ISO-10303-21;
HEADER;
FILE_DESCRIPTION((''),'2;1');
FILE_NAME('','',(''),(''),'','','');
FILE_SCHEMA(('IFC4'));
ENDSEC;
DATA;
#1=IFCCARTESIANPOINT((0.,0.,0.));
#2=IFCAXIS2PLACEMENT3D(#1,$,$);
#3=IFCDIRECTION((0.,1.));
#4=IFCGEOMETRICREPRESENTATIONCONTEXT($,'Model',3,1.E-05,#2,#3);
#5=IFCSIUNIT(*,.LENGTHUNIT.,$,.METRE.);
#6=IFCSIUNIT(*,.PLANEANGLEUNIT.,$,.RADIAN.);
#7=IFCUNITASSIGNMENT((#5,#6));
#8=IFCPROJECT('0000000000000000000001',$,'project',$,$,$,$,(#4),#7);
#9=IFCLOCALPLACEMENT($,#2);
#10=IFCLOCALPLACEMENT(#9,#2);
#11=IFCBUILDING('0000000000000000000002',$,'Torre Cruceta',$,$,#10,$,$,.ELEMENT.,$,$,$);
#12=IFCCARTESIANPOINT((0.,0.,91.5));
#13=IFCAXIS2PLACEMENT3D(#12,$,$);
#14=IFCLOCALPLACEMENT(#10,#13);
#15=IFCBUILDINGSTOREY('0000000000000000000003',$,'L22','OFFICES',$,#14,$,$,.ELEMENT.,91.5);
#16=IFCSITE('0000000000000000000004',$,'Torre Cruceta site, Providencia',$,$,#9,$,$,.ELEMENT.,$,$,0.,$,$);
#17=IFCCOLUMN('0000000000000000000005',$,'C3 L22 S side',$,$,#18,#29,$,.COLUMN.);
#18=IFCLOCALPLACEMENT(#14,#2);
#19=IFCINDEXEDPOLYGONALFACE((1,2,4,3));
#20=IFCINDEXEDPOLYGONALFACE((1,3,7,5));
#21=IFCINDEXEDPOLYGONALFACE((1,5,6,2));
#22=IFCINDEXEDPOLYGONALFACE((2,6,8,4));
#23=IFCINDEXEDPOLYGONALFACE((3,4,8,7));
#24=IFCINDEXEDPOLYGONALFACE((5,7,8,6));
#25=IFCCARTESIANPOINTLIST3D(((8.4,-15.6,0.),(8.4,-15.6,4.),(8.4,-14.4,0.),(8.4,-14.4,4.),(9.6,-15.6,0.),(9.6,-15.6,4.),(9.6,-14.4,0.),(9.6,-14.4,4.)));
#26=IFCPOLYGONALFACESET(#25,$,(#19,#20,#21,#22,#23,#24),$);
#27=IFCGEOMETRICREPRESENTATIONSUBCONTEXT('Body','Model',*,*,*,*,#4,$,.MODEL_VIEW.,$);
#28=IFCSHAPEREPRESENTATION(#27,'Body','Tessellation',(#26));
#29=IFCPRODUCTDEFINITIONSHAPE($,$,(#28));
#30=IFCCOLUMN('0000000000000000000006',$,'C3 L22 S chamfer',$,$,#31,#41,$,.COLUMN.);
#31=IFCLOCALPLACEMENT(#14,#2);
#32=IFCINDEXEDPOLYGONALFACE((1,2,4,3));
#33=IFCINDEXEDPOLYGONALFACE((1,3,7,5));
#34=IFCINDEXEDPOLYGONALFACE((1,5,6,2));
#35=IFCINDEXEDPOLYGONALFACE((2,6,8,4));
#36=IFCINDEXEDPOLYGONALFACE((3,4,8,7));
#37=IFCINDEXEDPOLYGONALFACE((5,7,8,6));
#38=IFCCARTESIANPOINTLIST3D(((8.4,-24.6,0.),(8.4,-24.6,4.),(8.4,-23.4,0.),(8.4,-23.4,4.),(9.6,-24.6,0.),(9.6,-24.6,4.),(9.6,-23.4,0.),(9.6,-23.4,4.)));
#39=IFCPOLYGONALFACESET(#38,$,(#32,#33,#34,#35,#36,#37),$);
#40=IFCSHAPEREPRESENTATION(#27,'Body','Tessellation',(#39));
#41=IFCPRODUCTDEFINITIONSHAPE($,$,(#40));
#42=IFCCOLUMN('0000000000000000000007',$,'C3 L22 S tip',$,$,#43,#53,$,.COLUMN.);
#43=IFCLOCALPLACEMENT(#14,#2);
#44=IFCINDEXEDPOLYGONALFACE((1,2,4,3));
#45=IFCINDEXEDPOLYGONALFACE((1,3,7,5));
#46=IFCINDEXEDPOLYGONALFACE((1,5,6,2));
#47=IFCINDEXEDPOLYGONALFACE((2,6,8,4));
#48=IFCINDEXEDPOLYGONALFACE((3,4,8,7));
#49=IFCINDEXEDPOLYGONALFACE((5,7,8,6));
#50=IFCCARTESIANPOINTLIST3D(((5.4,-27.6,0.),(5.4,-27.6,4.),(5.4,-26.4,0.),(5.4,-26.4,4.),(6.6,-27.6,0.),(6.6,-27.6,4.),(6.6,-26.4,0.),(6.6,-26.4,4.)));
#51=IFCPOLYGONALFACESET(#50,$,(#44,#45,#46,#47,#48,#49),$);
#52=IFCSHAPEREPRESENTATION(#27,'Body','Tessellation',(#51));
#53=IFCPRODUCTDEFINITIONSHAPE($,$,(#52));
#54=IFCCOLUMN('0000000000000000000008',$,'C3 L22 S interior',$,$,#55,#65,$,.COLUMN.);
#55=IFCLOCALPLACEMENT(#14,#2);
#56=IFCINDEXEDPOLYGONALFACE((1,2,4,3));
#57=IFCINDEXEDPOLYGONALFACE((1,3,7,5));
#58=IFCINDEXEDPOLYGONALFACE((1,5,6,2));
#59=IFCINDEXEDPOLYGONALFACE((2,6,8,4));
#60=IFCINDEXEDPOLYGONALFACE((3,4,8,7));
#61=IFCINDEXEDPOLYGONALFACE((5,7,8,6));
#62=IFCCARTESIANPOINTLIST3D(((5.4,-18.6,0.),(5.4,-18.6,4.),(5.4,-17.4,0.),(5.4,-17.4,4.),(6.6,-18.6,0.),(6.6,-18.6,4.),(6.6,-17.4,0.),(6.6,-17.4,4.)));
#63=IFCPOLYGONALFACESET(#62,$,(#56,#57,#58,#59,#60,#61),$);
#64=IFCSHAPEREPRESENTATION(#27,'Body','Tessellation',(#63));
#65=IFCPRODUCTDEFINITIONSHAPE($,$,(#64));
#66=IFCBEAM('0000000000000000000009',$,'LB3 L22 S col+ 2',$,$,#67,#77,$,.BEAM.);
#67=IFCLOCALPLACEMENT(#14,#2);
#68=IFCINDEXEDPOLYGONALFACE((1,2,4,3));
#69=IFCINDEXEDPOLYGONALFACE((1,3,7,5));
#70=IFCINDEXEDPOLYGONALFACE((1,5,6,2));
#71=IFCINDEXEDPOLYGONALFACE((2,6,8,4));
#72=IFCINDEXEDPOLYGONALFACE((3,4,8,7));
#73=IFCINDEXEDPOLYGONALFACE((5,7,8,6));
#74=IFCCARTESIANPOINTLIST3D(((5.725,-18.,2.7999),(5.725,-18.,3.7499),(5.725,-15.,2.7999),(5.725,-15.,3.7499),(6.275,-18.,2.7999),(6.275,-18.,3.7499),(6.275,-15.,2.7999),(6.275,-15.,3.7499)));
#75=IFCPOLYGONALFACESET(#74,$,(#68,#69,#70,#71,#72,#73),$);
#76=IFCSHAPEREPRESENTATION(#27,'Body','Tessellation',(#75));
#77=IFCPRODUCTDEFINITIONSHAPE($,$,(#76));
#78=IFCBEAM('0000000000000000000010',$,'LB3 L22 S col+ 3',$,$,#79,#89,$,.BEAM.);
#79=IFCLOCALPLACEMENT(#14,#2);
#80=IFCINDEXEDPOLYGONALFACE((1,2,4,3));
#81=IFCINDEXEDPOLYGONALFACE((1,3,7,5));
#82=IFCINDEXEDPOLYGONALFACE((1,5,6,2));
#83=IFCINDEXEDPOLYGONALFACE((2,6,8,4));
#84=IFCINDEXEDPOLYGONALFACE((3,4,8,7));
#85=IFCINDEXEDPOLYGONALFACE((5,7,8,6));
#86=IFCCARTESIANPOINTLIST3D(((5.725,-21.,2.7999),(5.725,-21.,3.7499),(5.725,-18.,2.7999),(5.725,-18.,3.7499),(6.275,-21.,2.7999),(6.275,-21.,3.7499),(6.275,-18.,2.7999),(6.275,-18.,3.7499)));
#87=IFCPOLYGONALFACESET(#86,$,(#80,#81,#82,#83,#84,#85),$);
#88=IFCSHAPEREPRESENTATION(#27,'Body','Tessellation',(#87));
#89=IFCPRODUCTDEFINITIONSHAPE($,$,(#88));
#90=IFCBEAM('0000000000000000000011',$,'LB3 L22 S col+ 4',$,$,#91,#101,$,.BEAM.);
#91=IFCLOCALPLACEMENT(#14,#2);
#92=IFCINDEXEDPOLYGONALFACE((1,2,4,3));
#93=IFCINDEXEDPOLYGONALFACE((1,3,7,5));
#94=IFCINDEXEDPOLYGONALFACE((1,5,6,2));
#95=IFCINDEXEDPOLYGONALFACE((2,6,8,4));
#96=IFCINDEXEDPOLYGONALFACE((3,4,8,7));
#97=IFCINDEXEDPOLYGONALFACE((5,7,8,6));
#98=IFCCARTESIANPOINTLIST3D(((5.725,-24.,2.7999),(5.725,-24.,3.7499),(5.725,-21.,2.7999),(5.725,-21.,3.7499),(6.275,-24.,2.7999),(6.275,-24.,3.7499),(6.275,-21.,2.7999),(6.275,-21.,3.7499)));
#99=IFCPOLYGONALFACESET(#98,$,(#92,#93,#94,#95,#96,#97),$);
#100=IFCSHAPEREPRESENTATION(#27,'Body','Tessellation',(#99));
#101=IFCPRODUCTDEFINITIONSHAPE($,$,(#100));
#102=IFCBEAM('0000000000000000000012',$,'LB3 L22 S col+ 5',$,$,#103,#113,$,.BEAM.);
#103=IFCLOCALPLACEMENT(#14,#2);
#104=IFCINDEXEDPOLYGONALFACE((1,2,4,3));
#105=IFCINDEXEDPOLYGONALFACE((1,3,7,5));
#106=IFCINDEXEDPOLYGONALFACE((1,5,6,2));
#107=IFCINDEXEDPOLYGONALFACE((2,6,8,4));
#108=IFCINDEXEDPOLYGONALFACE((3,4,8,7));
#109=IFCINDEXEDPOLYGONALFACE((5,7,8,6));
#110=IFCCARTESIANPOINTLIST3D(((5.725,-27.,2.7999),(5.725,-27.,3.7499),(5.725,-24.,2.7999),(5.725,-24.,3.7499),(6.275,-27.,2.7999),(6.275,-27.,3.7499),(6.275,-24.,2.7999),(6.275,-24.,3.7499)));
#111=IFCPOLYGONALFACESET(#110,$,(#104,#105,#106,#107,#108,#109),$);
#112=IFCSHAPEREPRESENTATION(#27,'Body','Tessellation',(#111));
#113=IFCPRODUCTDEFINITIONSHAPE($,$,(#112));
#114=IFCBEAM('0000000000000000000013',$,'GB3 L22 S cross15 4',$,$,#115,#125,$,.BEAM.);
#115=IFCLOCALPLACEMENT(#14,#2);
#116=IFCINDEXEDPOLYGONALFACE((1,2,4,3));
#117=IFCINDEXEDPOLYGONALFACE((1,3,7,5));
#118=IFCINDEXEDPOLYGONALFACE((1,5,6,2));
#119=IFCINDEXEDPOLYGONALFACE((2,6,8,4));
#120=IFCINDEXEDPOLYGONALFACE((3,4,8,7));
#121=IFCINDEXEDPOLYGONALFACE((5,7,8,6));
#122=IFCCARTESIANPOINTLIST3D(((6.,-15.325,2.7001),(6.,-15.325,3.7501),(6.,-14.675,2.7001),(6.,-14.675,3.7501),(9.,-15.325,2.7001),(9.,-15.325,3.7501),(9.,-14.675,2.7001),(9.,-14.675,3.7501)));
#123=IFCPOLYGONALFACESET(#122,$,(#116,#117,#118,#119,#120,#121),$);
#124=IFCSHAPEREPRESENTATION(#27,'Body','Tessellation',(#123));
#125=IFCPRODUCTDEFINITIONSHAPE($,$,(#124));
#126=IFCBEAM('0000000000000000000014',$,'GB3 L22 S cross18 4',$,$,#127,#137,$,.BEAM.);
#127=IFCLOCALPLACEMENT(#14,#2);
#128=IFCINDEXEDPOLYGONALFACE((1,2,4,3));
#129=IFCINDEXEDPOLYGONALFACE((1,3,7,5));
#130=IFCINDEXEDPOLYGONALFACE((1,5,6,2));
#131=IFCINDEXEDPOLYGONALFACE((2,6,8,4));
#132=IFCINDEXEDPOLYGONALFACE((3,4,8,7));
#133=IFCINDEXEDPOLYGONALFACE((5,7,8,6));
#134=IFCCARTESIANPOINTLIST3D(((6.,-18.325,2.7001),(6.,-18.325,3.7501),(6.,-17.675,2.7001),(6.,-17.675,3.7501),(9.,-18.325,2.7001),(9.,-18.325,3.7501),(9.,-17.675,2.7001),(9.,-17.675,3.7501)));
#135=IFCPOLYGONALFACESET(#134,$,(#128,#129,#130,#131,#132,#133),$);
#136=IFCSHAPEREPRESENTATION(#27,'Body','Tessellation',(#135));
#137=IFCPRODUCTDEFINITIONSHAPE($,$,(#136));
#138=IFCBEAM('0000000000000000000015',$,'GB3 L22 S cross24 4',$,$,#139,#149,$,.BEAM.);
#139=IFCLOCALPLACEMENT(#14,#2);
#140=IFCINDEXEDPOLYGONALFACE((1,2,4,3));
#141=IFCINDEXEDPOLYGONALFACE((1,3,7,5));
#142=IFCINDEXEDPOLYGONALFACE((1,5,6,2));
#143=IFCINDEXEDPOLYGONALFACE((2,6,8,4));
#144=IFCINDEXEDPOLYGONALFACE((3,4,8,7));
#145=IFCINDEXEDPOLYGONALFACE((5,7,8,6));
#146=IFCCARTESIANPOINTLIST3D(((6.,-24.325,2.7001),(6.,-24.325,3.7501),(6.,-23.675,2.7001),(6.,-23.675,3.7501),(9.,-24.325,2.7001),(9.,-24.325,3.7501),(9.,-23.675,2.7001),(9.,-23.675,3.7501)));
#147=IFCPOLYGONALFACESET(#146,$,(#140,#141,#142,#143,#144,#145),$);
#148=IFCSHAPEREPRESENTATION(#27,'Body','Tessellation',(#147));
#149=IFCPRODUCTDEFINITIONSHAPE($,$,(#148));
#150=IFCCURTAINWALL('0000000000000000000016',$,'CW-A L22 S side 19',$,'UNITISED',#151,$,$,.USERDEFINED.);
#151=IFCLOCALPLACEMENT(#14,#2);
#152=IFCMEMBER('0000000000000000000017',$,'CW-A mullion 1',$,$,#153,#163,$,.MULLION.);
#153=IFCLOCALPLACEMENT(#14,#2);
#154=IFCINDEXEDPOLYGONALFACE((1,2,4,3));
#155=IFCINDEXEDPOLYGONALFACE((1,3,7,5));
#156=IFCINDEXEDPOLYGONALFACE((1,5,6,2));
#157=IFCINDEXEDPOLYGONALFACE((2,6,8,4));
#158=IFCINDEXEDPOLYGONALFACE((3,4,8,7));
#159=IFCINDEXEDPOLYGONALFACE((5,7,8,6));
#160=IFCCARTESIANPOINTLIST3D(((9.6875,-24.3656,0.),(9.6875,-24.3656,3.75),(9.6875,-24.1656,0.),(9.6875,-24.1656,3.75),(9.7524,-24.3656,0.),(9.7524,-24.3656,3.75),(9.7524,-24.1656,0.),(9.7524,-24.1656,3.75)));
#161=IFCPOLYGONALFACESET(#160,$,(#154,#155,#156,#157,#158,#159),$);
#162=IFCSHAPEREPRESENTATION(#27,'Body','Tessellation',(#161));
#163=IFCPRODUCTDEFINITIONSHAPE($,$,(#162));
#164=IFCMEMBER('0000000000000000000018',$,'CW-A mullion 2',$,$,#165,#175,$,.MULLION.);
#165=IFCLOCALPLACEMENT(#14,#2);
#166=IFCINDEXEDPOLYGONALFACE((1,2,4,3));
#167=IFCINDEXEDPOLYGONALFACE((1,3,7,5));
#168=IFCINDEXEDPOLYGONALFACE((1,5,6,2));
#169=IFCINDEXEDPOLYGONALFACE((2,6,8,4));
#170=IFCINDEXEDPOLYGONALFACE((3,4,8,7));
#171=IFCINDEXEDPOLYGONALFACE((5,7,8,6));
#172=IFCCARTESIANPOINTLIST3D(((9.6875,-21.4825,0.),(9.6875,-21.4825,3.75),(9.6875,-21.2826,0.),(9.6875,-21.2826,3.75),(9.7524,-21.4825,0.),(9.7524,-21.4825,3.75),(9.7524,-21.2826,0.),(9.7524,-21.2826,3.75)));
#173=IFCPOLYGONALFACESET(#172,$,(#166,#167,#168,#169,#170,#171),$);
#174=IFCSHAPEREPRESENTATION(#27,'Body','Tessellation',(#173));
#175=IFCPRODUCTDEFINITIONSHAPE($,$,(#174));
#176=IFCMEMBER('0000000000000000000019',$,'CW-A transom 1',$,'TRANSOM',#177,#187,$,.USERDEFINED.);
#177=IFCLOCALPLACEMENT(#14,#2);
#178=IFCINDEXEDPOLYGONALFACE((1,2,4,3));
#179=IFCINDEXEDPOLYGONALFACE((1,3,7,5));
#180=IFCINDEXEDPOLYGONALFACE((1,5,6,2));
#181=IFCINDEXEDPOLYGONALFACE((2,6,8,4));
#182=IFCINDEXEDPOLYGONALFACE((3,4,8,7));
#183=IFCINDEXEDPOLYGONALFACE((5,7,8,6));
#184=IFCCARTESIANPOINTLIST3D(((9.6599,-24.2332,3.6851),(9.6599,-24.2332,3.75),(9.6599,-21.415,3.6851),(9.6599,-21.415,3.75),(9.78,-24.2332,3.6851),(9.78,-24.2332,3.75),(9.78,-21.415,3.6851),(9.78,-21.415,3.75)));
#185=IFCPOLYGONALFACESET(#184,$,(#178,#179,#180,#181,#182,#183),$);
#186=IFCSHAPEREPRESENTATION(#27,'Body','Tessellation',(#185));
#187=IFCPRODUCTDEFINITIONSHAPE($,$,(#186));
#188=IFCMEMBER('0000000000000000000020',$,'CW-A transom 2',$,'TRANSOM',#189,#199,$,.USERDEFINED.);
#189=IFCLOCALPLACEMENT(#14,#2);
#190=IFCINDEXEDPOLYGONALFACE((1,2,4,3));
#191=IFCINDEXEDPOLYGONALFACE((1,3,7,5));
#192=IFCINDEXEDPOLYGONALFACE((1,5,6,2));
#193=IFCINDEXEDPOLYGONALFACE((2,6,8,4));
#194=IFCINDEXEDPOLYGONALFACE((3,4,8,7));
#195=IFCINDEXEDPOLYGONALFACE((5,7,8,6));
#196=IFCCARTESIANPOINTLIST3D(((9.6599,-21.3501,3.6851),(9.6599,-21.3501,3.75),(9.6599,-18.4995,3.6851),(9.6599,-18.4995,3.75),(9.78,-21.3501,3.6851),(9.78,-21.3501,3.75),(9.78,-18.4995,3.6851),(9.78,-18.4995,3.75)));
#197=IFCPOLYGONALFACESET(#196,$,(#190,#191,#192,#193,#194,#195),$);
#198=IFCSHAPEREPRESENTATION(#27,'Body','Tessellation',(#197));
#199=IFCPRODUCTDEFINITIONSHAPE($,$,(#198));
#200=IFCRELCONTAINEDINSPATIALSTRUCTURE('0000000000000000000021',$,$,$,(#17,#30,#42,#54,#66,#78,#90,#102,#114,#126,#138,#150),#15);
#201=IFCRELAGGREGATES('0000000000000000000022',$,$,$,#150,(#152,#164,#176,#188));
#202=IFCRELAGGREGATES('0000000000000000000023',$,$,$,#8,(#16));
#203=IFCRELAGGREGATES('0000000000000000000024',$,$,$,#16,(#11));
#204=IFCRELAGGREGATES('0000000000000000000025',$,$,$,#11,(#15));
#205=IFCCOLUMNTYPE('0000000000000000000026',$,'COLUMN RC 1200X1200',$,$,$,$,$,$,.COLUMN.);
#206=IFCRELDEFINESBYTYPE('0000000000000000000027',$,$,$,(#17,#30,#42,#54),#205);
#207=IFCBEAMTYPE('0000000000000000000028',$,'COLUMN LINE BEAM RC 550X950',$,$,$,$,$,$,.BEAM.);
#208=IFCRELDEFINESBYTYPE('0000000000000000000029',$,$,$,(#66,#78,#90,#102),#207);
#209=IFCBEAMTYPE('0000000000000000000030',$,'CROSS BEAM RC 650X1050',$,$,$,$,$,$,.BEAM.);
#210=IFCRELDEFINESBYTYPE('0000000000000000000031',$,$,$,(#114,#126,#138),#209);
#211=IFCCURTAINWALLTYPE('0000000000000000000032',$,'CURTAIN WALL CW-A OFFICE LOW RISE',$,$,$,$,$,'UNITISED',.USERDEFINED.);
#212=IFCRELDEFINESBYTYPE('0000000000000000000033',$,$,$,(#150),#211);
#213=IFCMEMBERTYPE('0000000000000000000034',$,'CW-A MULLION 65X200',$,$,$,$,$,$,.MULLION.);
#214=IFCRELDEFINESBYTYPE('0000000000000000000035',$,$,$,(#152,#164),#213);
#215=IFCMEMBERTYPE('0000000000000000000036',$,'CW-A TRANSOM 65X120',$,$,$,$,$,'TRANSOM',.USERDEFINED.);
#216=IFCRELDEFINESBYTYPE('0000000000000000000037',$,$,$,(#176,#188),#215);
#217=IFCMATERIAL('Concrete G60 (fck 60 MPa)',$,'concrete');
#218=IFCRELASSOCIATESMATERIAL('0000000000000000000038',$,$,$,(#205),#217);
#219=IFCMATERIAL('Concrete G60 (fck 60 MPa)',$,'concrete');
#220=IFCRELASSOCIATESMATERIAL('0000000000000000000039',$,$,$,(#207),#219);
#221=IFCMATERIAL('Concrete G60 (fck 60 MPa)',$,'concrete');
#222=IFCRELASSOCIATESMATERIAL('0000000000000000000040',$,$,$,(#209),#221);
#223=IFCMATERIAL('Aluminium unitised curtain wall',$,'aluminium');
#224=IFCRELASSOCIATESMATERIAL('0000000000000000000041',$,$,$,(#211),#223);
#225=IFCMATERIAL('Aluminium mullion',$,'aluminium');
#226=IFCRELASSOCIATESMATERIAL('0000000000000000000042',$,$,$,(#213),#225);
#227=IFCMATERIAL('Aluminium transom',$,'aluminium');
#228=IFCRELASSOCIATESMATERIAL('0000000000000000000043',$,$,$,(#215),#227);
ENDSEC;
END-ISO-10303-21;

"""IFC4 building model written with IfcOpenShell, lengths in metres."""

from ifc_helpers import new_model, si_unit, direction, frame, origin, origin_2d, place, context, subcontext, project, spatial, rectangle, extrude, material, material_profile, profile_set, type_object, element, aggregate, save


model = new_model("IFC4")

# Units and contexts
model_context = context("Model", 3, precision=1e-05, world=origin(), true_north=direction((0.0, 1.0)))
body_context = subcontext(model_context, "Body", "Model", "MODEL_VIEW")
ifc_project = project(units=[si_unit("LENGTHUNIT", "METRE"), si_unit("PLANEANGLEUNIT", "RADIAN")], contexts=[model_context])

# Site, building, storey
site_placement = place(None, origin())
site = spatial("IfcSite", under=ifc_project, at=site_placement, Name="Torre Cruceta site, Providencia", CompositionType="ELEMENT", RefElevation=0.0)
building_placement = place(site_placement, origin())
building = spatial("IfcBuilding", under=site, at=building_placement, Name="Torre Cruceta", CompositionType="ELEMENT")
storey_placement = place(building_placement, frame((0.0, 0.0, 91.5)))
storey = spatial("IfcBuildingStorey", under=building, at=storey_placement, Name="L22", Description="OFFICES", CompositionType="ELEMENT", Elevation=91.5)

# Columns
ifc_material_1 = material(Name="Concrete G60 (fck 60 MPa)", Category="concrete")
ifc_material_profile_1 = material_profile(ifc_material_1, rectangle(XDim=1.2, YDim=1.2, at=origin_2d()), Name="RC 1200X1200")
ifc_profile_set_1 = profile_set([ifc_material_profile_1], Name="Concrete G60 (fck 60 MPa)")
column_type = type_object("IfcColumnType", Name="COLUMN RC 1200X1200", PredefinedType="COLUMN", material=ifc_profile_set_1)
for number, where, z_axis, x_axis, name in (
    (1, (9.0, -15.0, 0.0), (0.0, 0.0, 1.0), (1.0, 0.0, 0.0), "C3 L22 S side"),
    (2, (9.0, -24.0, 0.0), (0.0, 0.0, 1.0), (1.0, 0.0, 0.0), "C3 L22 S chamfer"),
    (3, (6.0, -27.0, 0.0), (0.0, 0.0, 1.0), (1.0, 0.0, 0.0), "C3 L22 S tip"),
    (4, (6.0, -18.0, 0.0), (0.0, 0.0, 1.0), (1.0, 0.0, 0.0), "C3 L22 S interior"),
):
    element("IfcColumn", number, at=place(storey_placement, frame(where, z_axis=z_axis, x_axis=x_axis)), inside=storey, type_object=column_type, Name=name, PredefinedType="COLUMN", context=body_context, shape_type="SweptSolid", body=[
        extrude(rectangle(XDim=1.2, YDim=1.2, at=origin_2d()), origin(), (0.0, 0.0, 1.0), 4.0),
    ])

# Beams
ifc_material_2 = material(Name="Concrete G60 (fck 60 MPa)", Category="concrete")
ifc_material_profile_2 = material_profile(ifc_material_2, rectangle(XDim=0.55, YDim=0.95, at=origin_2d()), Name="RC 550X950")
ifc_profile_set_2 = profile_set([ifc_material_profile_2], Name="Concrete G60 (fck 60 MPa)")
beam_type_1 = type_object("IfcBeamType", Name="COLUMN LINE BEAM RC 550X950", PredefinedType="BEAM", material=ifc_profile_set_2)
for number, where, z_axis, x_axis, name in (
    (5, (6.0, -15.0, 3.2749), (0.0, -1.0, 0.0), (1.0, 0.0, 0.0), "LB3 L22 S col+ 2"),
    (6, (6.0, -18.0, 3.2749), (0.0, -1.0, 0.0), (1.0, 0.0, 0.0), "LB3 L22 S col+ 3"),
    (7, (6.0, -21.0, 3.2749), (0.0, -1.0, 0.0), (1.0, 0.0, 0.0), "LB3 L22 S col+ 4"),
    (8, (6.0, -24.0, 3.2749), (0.0, -1.0, 0.0), (1.0, 0.0, 0.0), "LB3 L22 S col+ 5"),
):
    element("IfcBeam", number, at=place(storey_placement, frame(where, z_axis=z_axis, x_axis=x_axis)), inside=storey, type_object=beam_type_1, Name=name, PredefinedType="BEAM", context=body_context, shape_type="SweptSolid", body=[
        extrude(rectangle(XDim=0.55, YDim=0.95, at=origin_2d()), origin(), (0.0, 0.0, 1.0), 3.0),
    ])
ifc_material_3 = material(Name="Concrete G60 (fck 60 MPa)", Category="concrete")
ifc_material_profile_3 = material_profile(ifc_material_3, rectangle(XDim=0.6499, YDim=1.05, at=origin_2d()), Name="RC 650X1050")
ifc_profile_set_3 = profile_set([ifc_material_profile_3], Name="Concrete G60 (fck 60 MPa)")
beam_type_2 = type_object("IfcBeamType", Name="CROSS BEAM RC 650X1050", PredefinedType="BEAM", material=ifc_profile_set_3)
for number, where, z_axis, x_axis, name in (
    (9, (6.0, -15.0, 3.2251), (1.0, 0.0, 0.0), (0.0, 1.0, 0.0), "GB3 L22 S cross15 4"),
    (10, (6.0, -18.0, 3.2251), (1.0, 0.0, 0.0), (0.0, 1.0, 0.0), "GB3 L22 S cross18 4"),
    (11, (6.0, -24.0, 3.2251), (1.0, 0.0, 0.0), (0.0, 1.0, 0.0), "GB3 L22 S cross24 4"),
):
    element("IfcBeam", number, at=place(storey_placement, frame(where, z_axis=z_axis, x_axis=x_axis)), inside=storey, type_object=beam_type_2, Name=name, PredefinedType="BEAM", context=body_context, shape_type="SweptSolid", body=[
        extrude(rectangle(XDim=0.6499, YDim=1.05, at=origin_2d()), origin(), (0.0, 0.0, 1.0), 3.0),
    ])

# Curtain wall, members
ifc_material_4 = material(Name="Aluminium unitised curtain wall", Category="aluminium")
curtain_wall_type = type_object("IfcCurtainWallType", Name="CURTAIN WALL CW-A OFFICE LOW RISE", ElementType="UNITISED", PredefinedType="USERDEFINED", material=ifc_material_4)
curtain_wall_placement = place(storey_placement, origin())
curtain_wall = element("IfcCurtainWall", 12, at=curtain_wall_placement, inside=storey, type_object=curtain_wall_type, Name="CW-A L22 S side 19", ObjectType="UNITISED", PredefinedType="USERDEFINED")
ifc_material_5 = material(Name="Aluminium mullion", Category="aluminium")
ifc_material_profile_4 = material_profile(ifc_material_5, rectangle(XDim=0.0649, YDim=0.2, at=origin_2d()), Name="AL 65X200")
ifc_profile_set_4 = profile_set([ifc_material_profile_4], Name="Aluminium mullion")
member_type_1 = type_object("IfcMemberType", Name="CW-A MULLION 65X200", PredefinedType="MULLION", material=ifc_profile_set_4)
member_1_placement = place(storey_placement, frame((9.72, -24.2656, 0.0), z_axis=(0.0, 0.0, 1.0), x_axis=(-1.0, 0.0, 0.0)))
member_1 = element("IfcMember", 13, at=member_1_placement, type_object=member_type_1, Name="CW-A mullion 1", PredefinedType="MULLION", context=body_context, shape_type="SweptSolid", body=[
    extrude(rectangle(XDim=0.0649, YDim=0.2, at=origin_2d()), origin(), (0.0, 0.0, 1.0), 3.75),
])
member_2_placement = place(storey_placement, frame((9.72, -21.3826, 0.0), z_axis=(0.0, 0.0, 1.0), x_axis=(-1.0, 0.0, 0.0)))
member_2 = element("IfcMember", 14, at=member_2_placement, type_object=member_type_1, Name="CW-A mullion 2", PredefinedType="MULLION", context=body_context, shape_type="SweptSolid", body=[
    extrude(rectangle(XDim=0.0649, YDim=0.2, at=origin_2d()), origin(), (0.0, 0.0, 1.0), 3.75),
])
ifc_material_6 = material(Name="Aluminium transom", Category="aluminium")
ifc_material_profile_5 = material_profile(ifc_material_6, rectangle(XDim=0.1201, YDim=0.0649, at=origin_2d()), Name="AL 120X65")
ifc_profile_set_5 = profile_set([ifc_material_profile_5], Name="Aluminium transom")
member_type_2 = type_object("IfcMemberType", Name="CW-A TRANSOM 65X120", ElementType="TRANSOM", PredefinedType="USERDEFINED", material=ifc_profile_set_5)
member_3_placement = place(storey_placement, frame((9.72, -24.2332, 3.7175), z_axis=(0.0, 1.0, 0.0), x_axis=(-1.0, 0.0, 0.0)))
member_3 = element("IfcMember", 15, at=member_3_placement, type_object=member_type_2, Name="CW-A transom 1", ObjectType="TRANSOM", PredefinedType="USERDEFINED", context=body_context, shape_type="SweptSolid", body=[
    extrude(rectangle(XDim=0.1201, YDim=0.0649, at=origin_2d()), origin(), (0.0, 0.0, 1.0), 2.8181),
])
member_4_placement = place(storey_placement, frame((9.72, -21.3501, 3.7175), z_axis=(0.0, 1.0, 0.0), x_axis=(-1.0, 0.0, 0.0)))
member_4 = element("IfcMember", 16, at=member_4_placement, type_object=member_type_2, Name="CW-A transom 2", ObjectType="TRANSOM", PredefinedType="USERDEFINED", context=body_context, shape_type="SweptSolid", body=[
    extrude(rectangle(XDim=0.1201, YDim=0.0649, at=origin_2d()), origin(), (0.0, 0.0, 1.0), 2.8506),
])

aggregate(curtain_wall, [member_1, member_2, member_3, member_4])

save(model, "model.ifc")
